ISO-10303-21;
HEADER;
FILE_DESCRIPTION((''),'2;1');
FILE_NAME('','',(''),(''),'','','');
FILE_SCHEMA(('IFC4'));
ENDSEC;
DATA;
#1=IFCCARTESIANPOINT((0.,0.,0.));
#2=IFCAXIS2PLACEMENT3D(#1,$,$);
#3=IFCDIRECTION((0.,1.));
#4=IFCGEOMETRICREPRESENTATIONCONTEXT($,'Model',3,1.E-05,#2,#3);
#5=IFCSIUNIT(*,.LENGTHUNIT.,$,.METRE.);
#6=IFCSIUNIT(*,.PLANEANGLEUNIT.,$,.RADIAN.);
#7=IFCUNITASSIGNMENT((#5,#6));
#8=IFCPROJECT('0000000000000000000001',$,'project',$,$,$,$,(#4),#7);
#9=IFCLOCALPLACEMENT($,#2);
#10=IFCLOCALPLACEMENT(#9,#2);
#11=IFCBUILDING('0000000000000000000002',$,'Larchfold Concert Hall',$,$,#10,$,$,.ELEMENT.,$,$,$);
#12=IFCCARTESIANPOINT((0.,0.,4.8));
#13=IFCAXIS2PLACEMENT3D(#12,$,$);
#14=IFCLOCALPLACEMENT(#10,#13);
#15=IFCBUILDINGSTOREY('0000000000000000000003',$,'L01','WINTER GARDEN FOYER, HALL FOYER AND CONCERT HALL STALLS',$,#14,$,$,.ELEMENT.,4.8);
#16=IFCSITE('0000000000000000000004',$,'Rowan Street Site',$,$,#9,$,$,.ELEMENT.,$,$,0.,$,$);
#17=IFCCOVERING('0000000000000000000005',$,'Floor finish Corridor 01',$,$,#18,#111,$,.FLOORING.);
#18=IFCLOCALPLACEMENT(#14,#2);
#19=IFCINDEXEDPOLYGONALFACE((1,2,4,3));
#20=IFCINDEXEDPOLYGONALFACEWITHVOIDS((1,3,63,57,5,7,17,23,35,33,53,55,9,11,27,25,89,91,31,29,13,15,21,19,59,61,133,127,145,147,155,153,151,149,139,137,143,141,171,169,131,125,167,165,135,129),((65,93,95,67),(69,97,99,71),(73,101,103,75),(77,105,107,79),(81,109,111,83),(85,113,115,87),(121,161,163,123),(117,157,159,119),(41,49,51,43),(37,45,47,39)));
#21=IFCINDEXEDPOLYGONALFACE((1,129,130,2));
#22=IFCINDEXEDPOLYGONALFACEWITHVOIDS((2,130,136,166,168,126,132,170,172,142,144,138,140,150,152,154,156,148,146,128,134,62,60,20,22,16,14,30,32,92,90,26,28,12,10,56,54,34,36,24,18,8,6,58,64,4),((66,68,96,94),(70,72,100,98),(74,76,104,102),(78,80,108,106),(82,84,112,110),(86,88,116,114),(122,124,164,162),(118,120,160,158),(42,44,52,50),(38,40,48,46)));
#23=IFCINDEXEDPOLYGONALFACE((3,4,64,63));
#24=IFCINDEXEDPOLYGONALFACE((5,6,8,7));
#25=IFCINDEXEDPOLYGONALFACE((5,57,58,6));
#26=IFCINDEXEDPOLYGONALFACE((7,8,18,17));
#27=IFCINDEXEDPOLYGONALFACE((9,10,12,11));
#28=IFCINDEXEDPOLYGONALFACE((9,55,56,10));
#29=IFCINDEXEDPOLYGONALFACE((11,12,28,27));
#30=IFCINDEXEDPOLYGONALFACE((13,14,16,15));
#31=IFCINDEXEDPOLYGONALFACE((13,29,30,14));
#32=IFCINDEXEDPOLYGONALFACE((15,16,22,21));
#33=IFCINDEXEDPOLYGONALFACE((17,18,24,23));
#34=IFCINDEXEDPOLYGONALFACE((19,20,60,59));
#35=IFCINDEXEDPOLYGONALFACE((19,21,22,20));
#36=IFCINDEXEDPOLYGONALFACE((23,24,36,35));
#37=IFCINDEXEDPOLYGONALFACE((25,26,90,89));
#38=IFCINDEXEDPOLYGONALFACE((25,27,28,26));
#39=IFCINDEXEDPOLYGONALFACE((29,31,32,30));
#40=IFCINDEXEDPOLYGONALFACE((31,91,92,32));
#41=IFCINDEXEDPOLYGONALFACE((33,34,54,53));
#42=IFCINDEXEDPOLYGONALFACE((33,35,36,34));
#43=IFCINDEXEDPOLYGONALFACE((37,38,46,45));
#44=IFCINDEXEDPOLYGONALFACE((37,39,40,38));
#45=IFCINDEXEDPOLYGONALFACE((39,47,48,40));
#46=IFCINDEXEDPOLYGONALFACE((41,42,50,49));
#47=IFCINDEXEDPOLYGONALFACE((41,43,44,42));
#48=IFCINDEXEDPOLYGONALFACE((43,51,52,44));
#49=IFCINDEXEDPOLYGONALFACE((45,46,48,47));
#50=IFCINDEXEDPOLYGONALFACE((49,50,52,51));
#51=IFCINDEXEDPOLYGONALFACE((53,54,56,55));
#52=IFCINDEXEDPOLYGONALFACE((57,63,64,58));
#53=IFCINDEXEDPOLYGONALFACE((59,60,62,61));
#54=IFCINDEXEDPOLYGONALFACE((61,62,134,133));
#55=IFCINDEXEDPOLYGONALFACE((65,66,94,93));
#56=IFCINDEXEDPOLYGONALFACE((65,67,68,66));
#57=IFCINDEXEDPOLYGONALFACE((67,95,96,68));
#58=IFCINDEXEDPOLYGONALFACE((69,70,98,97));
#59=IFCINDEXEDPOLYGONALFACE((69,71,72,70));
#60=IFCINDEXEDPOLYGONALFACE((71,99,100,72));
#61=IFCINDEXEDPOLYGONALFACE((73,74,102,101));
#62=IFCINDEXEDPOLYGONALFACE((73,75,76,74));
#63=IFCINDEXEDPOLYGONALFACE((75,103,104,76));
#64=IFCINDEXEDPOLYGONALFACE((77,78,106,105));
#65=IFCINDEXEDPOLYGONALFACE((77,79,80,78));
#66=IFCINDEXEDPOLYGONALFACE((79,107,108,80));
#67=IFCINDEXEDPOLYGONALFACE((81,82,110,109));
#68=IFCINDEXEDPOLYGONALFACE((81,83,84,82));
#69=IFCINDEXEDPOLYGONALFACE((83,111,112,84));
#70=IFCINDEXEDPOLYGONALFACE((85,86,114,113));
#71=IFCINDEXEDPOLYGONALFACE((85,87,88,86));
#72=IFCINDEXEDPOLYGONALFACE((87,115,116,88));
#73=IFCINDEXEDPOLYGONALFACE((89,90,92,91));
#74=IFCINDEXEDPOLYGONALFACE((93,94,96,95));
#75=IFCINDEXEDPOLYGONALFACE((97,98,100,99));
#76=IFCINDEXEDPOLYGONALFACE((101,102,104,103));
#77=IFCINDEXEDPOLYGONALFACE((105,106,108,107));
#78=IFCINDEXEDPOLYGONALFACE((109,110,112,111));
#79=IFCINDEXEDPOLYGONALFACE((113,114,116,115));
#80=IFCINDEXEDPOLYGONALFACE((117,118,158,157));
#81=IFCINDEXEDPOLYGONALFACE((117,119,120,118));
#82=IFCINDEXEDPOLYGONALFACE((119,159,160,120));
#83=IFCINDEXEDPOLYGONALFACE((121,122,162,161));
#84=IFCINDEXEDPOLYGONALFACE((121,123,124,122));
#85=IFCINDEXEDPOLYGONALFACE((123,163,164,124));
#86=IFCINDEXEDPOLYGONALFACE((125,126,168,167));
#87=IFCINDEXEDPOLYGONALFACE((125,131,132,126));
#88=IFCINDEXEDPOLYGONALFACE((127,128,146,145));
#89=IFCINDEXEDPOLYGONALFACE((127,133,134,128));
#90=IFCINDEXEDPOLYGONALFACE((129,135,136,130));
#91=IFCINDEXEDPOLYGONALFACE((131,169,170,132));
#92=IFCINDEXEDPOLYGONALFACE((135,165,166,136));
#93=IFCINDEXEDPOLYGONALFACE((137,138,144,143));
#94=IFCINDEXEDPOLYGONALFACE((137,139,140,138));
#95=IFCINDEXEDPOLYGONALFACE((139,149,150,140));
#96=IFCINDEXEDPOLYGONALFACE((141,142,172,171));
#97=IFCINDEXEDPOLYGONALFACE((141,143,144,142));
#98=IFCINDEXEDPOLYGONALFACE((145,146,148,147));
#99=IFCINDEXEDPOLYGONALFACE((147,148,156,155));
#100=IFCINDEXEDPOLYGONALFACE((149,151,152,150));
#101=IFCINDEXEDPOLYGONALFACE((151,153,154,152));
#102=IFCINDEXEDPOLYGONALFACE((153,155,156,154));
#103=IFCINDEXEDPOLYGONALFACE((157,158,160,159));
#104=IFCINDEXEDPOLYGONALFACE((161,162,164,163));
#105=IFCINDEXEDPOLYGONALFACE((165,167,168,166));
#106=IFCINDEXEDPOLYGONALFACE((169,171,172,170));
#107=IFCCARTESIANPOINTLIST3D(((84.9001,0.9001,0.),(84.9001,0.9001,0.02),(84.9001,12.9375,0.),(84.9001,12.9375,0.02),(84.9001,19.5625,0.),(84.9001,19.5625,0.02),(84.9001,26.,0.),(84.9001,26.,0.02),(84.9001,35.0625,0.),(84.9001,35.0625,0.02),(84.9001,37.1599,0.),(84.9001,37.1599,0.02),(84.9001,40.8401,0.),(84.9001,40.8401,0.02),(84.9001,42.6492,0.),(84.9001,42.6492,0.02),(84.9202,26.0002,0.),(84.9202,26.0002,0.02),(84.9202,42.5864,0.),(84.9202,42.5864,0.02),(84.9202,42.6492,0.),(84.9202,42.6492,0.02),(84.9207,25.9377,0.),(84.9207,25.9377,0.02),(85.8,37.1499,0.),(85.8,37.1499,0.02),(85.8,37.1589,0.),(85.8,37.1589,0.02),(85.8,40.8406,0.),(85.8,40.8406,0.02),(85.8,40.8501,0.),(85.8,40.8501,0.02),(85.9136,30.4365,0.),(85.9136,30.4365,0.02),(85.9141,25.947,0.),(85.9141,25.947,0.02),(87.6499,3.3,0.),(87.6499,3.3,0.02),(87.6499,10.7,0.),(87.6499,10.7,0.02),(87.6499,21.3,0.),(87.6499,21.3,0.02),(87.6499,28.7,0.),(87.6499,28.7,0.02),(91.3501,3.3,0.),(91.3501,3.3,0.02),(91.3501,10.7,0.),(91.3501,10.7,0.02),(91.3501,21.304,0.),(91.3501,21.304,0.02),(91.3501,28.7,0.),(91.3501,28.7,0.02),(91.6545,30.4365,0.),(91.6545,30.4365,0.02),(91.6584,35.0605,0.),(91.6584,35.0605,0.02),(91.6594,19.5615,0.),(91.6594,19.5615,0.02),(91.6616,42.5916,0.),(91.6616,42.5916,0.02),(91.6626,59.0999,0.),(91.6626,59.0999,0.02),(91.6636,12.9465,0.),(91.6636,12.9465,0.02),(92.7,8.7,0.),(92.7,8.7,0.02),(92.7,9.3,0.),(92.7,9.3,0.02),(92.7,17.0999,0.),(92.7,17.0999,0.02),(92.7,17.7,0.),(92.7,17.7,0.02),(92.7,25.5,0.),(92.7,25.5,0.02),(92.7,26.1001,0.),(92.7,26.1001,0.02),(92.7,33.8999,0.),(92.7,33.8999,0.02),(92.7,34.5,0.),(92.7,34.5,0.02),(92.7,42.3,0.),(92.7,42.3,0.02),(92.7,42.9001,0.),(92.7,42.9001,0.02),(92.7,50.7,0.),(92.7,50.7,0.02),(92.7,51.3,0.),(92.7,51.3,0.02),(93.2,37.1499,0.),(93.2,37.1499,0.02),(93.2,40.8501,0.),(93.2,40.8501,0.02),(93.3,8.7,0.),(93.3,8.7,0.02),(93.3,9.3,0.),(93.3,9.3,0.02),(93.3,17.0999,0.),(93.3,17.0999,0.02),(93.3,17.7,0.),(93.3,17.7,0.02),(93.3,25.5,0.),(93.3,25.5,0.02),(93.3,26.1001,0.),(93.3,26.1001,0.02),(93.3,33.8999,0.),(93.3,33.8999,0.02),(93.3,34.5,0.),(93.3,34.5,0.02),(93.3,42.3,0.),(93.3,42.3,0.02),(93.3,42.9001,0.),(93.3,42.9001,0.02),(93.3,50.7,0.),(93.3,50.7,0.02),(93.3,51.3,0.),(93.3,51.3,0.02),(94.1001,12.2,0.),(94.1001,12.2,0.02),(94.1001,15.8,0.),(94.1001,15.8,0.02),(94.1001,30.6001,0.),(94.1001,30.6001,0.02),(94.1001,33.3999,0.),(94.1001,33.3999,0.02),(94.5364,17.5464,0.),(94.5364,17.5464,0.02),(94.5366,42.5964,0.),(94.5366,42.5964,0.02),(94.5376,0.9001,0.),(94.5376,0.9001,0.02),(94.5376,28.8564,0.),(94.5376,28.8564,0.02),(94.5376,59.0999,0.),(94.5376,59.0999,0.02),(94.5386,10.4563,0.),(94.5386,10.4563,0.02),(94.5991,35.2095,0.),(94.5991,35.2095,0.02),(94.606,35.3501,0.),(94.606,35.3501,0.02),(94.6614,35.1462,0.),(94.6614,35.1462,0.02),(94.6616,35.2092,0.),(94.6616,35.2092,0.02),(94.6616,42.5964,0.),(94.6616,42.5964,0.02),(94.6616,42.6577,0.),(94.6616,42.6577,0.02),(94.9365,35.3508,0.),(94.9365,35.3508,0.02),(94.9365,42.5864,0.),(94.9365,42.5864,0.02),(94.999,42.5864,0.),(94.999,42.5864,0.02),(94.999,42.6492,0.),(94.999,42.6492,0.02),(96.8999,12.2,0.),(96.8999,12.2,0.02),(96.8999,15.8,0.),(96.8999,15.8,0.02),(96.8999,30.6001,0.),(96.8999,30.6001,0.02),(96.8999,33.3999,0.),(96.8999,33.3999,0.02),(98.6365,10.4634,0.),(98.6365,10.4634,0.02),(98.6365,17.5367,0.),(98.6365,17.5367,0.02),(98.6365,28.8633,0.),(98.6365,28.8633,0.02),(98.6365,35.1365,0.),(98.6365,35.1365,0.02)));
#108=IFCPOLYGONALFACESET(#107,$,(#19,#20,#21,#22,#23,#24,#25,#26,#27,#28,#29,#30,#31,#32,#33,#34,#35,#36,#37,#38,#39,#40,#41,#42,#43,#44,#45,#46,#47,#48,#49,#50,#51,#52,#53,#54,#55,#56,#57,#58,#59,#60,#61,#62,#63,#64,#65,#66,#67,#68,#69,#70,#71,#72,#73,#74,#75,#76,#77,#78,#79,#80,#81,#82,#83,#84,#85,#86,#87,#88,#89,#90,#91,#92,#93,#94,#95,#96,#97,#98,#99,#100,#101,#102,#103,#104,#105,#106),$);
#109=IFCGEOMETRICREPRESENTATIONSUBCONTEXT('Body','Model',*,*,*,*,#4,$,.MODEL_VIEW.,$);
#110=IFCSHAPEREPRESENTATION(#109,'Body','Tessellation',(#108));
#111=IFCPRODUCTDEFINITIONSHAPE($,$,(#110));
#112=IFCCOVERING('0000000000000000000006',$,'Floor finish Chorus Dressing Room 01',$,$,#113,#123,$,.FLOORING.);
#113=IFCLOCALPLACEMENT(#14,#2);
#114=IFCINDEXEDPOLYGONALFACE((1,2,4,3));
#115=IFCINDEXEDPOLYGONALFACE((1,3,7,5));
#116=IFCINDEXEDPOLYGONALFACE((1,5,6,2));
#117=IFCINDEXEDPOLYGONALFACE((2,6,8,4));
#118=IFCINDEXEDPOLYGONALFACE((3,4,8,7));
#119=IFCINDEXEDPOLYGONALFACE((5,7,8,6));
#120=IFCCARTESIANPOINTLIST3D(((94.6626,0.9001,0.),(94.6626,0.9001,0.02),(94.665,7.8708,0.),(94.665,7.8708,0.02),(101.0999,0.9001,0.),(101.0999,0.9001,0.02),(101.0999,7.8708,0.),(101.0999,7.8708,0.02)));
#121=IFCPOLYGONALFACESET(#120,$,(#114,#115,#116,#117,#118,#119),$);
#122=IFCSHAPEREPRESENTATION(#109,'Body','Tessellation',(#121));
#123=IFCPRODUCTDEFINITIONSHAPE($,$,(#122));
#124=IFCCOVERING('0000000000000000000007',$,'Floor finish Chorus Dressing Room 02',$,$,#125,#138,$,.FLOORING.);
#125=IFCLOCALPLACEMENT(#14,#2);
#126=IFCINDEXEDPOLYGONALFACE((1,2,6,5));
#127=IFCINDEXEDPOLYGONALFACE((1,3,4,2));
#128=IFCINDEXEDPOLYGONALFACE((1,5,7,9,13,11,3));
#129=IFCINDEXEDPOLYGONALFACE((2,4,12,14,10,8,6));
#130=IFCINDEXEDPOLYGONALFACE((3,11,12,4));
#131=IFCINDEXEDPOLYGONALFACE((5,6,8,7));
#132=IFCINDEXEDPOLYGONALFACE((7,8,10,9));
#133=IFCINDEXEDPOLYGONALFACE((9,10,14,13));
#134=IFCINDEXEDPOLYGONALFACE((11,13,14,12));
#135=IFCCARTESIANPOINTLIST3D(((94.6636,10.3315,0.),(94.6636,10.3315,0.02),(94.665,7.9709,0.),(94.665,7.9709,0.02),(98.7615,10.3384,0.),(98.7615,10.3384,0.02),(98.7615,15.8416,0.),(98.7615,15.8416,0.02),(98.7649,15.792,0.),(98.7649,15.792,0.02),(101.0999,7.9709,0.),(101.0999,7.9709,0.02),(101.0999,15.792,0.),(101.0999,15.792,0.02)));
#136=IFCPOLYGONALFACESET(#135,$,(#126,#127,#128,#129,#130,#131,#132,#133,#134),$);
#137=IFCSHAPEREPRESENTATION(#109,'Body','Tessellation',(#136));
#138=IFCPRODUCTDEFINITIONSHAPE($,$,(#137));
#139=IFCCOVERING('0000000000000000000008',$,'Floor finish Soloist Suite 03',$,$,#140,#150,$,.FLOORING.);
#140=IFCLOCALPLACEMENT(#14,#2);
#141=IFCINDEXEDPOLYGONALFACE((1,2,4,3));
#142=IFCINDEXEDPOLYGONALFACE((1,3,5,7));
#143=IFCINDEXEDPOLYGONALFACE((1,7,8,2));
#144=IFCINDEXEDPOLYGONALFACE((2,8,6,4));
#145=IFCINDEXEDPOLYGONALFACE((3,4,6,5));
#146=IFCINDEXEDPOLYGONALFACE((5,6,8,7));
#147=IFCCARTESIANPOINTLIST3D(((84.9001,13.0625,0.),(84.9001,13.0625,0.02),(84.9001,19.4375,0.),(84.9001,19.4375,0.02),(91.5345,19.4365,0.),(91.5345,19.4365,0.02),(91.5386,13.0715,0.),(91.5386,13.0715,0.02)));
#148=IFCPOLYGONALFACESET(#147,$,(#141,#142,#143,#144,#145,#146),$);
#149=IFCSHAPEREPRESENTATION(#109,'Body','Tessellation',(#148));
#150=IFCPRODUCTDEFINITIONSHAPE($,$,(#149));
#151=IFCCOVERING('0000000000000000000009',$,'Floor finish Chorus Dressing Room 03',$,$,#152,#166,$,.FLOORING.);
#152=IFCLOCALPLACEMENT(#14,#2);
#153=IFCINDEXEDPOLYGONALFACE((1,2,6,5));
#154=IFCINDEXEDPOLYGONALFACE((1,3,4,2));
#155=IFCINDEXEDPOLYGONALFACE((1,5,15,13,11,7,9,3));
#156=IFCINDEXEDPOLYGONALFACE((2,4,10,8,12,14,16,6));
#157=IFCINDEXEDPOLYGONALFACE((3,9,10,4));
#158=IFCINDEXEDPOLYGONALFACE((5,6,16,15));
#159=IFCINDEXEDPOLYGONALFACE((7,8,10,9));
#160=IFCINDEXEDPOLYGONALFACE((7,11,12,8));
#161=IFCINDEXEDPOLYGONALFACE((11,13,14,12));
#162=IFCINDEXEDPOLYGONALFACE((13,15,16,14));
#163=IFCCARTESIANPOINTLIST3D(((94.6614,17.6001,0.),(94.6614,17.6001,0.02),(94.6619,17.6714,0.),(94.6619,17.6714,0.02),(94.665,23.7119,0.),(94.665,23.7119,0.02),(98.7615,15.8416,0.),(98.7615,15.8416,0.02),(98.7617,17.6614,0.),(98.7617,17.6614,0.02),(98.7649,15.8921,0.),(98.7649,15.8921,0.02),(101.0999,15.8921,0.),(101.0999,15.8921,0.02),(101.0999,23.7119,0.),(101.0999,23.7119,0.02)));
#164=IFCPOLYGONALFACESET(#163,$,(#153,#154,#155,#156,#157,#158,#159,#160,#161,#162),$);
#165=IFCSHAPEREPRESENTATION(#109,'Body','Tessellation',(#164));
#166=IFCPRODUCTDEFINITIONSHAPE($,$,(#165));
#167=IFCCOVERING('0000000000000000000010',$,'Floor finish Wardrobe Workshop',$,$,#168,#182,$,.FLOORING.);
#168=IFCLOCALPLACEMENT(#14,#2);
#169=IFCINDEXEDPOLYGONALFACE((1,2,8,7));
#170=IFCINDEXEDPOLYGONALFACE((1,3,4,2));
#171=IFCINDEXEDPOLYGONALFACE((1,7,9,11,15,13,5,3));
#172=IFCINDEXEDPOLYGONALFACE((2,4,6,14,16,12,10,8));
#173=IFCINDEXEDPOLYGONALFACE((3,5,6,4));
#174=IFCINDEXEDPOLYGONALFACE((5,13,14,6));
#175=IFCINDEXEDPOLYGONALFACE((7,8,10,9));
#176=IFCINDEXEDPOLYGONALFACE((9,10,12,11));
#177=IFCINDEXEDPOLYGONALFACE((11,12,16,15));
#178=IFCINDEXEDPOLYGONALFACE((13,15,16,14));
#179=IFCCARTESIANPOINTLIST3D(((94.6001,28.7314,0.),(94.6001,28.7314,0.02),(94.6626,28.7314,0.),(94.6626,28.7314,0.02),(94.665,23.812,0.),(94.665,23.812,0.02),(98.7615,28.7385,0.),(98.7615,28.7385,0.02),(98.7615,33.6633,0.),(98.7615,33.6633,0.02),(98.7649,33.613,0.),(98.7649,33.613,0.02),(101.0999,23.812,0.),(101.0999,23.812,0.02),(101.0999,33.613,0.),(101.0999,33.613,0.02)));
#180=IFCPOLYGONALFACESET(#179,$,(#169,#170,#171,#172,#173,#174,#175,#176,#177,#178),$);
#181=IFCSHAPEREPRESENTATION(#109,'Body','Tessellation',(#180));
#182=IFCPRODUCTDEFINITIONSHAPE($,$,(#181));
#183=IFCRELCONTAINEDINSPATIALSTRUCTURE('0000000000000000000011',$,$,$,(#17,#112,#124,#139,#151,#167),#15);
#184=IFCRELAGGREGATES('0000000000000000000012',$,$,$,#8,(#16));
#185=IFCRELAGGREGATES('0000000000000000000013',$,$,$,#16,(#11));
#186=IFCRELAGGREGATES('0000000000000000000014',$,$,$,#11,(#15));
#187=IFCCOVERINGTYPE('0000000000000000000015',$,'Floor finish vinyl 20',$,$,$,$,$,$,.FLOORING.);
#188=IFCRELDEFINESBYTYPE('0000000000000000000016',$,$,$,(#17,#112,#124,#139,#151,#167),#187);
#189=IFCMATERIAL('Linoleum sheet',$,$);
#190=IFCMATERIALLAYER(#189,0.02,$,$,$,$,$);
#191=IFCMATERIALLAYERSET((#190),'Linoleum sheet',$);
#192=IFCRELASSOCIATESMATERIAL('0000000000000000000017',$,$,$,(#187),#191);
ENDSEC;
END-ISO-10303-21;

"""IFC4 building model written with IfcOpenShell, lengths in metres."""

from ifc_helpers import new_model, si_unit, direction, frame, origin, place, context, subcontext, project, spatial, polyline, outline, extrude, material, layer, layer_set, type_object, element, save


model = new_model("IFC4")

# Units and contexts
model_context = context("Model", 3, precision=1e-05, world=origin(), true_north=direction((0.0, 1.0)))
body_context = subcontext(model_context, "Body", "Model", "MODEL_VIEW")
ifc_project = project(units=[si_unit("LENGTHUNIT", "METRE"), si_unit("PLANEANGLEUNIT", "RADIAN")], contexts=[model_context])

# Site, building, storey
site_placement = place(None, origin())
site = spatial("IfcSite", under=ifc_project, at=site_placement, Name="Rowan Street Site", CompositionType="ELEMENT", RefElevation=0.0)
building_placement = place(site_placement, origin())
building = spatial("IfcBuilding", under=site, at=building_placement, Name="Larchfold Concert Hall", CompositionType="ELEMENT")
storey_placement = place(building_placement, frame((0.0, 0.0, 4.8)))
storey = spatial("IfcBuildingStorey", under=building, at=storey_placement, Name="L01", Description="WINTER GARDEN FOYER, HALL FOYER AND CONCERT HALL STALLS", CompositionType="ELEMENT", Elevation=4.8)

# Coverings
ifc_material_1 = material(Name="Linoleum sheet")
ifc_layer_1 = layer(ifc_material_1, 0.02)
ifc_layer_set_1 = layer_set([ifc_layer_1], Name="Linoleum sheet")
covering_type_1 = type_object("IfcCoveringType", Name="Floor finish vinyl 20", PredefinedType="FLOORING", material=ifc_layer_set_1)
covering_1_placement = place(storey_placement, origin())
element("IfcCovering", 1, at=covering_1_placement, inside=storey, type_object=covering_type_1, Name="Floor finish Corridor 01", PredefinedType="FLOORING", context=body_context, shape_type="SweptSolid", body=[
    extrude(outline(polyline([(85.8, 37.1499), (85.8, 37.1589), (84.9001, 37.1599), (84.9001, 35.0625), (91.6584, 35.0605), (91.6545, 30.4365), (85.9136, 30.4365), (85.9141, 25.947), (84.9207, 25.9377), (84.9202, 26.0002), (84.9001, 26.0), (84.9001, 19.5625), (91.6594, 19.5615), (91.6636, 12.9465), (84.9001, 12.9375), (84.9001, 0.9001), (94.5376, 0.9001), (94.5386, 10.4563), (98.6365, 10.4634), (98.6365, 17.5366), (98.6614, 17.5366), (94.5364, 17.5464), (94.5376, 28.8564), (98.6365, 28.8633), (98.6365, 35.1365), (98.6614, 35.1365), (94.6614, 35.1462), (94.6616, 35.2092), (94.5991, 35.2095), (94.606, 35.3501), (94.9365, 35.3508), (94.9365, 42.5864), (94.999, 42.5864), (94.999, 42.6492), (94.6616, 42.6577), (94.6616, 42.5964), (94.5366, 42.5964), (94.5376, 59.0999), (91.6626, 59.0999), (91.6616, 42.5916), (84.9202, 42.5864), (84.9202, 42.6492), (84.9001, 42.6492), (84.9001, 40.8401), (85.8, 40.8406), (85.8, 40.8501), (93.2, 40.8501), (93.2, 37.1499), (85.8, 37.1499)]), holes=[polyline([(96.8999, 12.2), (94.1001, 12.2), (94.1001, 15.8), (96.8999, 15.8), (96.8999, 12.2)]), polyline([(96.8999, 30.6001), (94.1001, 30.6001), (94.1001, 33.3999), (96.8999, 33.3999), (96.8999, 30.6001)]), polyline([(93.3, 9.3), (93.3, 8.7), (92.7, 8.7), (92.7, 9.3), (93.3, 9.3)]), polyline([(93.3, 17.0999), (92.7, 17.0999), (92.7, 17.7), (93.3, 17.7), (93.3, 17.0999)]), polyline([(93.3, 26.1001), (93.3, 25.5), (92.7, 25.5), (92.7, 26.1001), (93.3, 26.1001)]), polyline([(93.3, 34.5), (93.3, 33.8999), (92.7, 33.8999), (92.7, 34.5), (93.3, 34.5)]), polyline([(93.3, 42.9001), (93.3, 42.3), (92.7, 42.3), (92.7, 42.9001), (93.3, 42.9001)]), polyline([(93.3, 51.3), (93.3, 50.7), (92.7, 50.7), (92.7, 51.3), (93.3, 51.3)]), polyline([(91.3501, 3.3), (87.6499, 3.3), (87.6499, 10.7), (91.3501, 10.7), (91.3501, 3.3)]), polyline([(91.3501, 21.304), (87.6499, 21.3), (87.6499, 28.7), (91.3501, 28.7), (91.3501, 21.304)])]), origin(), (0.0, 0.0, 1.0), 0.02),
])
covering_2_placement = place(storey_placement, origin())
element("IfcCovering", 2, at=covering_2_placement, inside=storey, type_object=covering_type_1, Name="Floor finish Chorus Dressing Room 01", PredefinedType="FLOORING", context=body_context, shape_type="SweptSolid", body=[
    extrude(outline(polyline([(94.665, 7.9209), (94.6626, 0.9001), (101.0999, 0.9001), (101.0999, 7.8708), (94.665, 7.8708), (94.665, 7.9209)])), origin(), (0.0, 0.0, 1.0), 0.02),
])
covering_3_placement = place(storey_placement, origin())
element("IfcCovering", 3, at=covering_3_placement, inside=storey, type_object=covering_type_1, Name="Floor finish Chorus Dressing Room 02", PredefinedType="FLOORING", context=body_context, shape_type="SweptSolid", body=[
    extrude(outline(polyline([(94.665, 7.9209), (94.665, 7.9709), (101.0999, 7.9709), (101.0999, 15.792), (98.7649, 15.792), (98.7615, 15.8416), (98.7615, 10.3384), (94.6636, 10.3315), (94.665, 7.9209)])), origin(), (0.0, 0.0, 1.0), 0.02),
])
covering_4_placement = place(storey_placement, origin())
element("IfcCovering", 4, at=covering_4_placement, inside=storey, type_object=covering_type_1, Name="Floor finish Soloist Suite 03", PredefinedType="FLOORING", context=body_context, shape_type="SweptSolid", body=[
    extrude(outline(polyline([(91.5344, 19.5), (91.5344, 19.4365), (84.9001, 19.4375), (84.9001, 13.0625), (91.6001, 13.0715), (91.5386, 13.0715), (91.5344, 19.5)])), origin(), (0.0, 0.0, 1.0), 0.02),
])
covering_5_placement = place(storey_placement, origin())
element("IfcCovering", 5, at=covering_5_placement, inside=storey, type_object=covering_type_1, Name="Floor finish Chorus Dressing Room 03", PredefinedType="FLOORING", context=body_context, shape_type="SweptSolid", body=[
    extrude(outline(polyline([(94.6614, 17.6001), (94.6619, 17.6714), (98.7617, 17.6614), (98.7615, 15.8416), (98.7649, 15.8921), (101.0999, 15.8921), (101.0999, 23.7119), (94.665, 23.7119), (94.665, 23.7625), (94.6614, 17.6001)])), origin(), (0.0, 0.0, 1.0), 0.02),
])
covering_6_placement = place(storey_placement, origin())
element("IfcCovering", 6, at=covering_6_placement, inside=storey, type_object=covering_type_1, Name="Floor finish Wardrobe Workshop", PredefinedType="FLOORING", context=body_context, shape_type="SweptSolid", body=[
    extrude(outline(polyline([(94.6001, 28.7314), (94.6626, 28.7314), (94.665, 23.7625), (94.665, 23.812), (101.0999, 23.812), (101.0999, 33.613), (98.7649, 33.613), (98.7615, 33.6633), (98.7615, 28.7385), (94.6001, 28.7314)])), origin(), (0.0, 0.0, 1.0), 0.02),
])

save(model, "model.ifc")
